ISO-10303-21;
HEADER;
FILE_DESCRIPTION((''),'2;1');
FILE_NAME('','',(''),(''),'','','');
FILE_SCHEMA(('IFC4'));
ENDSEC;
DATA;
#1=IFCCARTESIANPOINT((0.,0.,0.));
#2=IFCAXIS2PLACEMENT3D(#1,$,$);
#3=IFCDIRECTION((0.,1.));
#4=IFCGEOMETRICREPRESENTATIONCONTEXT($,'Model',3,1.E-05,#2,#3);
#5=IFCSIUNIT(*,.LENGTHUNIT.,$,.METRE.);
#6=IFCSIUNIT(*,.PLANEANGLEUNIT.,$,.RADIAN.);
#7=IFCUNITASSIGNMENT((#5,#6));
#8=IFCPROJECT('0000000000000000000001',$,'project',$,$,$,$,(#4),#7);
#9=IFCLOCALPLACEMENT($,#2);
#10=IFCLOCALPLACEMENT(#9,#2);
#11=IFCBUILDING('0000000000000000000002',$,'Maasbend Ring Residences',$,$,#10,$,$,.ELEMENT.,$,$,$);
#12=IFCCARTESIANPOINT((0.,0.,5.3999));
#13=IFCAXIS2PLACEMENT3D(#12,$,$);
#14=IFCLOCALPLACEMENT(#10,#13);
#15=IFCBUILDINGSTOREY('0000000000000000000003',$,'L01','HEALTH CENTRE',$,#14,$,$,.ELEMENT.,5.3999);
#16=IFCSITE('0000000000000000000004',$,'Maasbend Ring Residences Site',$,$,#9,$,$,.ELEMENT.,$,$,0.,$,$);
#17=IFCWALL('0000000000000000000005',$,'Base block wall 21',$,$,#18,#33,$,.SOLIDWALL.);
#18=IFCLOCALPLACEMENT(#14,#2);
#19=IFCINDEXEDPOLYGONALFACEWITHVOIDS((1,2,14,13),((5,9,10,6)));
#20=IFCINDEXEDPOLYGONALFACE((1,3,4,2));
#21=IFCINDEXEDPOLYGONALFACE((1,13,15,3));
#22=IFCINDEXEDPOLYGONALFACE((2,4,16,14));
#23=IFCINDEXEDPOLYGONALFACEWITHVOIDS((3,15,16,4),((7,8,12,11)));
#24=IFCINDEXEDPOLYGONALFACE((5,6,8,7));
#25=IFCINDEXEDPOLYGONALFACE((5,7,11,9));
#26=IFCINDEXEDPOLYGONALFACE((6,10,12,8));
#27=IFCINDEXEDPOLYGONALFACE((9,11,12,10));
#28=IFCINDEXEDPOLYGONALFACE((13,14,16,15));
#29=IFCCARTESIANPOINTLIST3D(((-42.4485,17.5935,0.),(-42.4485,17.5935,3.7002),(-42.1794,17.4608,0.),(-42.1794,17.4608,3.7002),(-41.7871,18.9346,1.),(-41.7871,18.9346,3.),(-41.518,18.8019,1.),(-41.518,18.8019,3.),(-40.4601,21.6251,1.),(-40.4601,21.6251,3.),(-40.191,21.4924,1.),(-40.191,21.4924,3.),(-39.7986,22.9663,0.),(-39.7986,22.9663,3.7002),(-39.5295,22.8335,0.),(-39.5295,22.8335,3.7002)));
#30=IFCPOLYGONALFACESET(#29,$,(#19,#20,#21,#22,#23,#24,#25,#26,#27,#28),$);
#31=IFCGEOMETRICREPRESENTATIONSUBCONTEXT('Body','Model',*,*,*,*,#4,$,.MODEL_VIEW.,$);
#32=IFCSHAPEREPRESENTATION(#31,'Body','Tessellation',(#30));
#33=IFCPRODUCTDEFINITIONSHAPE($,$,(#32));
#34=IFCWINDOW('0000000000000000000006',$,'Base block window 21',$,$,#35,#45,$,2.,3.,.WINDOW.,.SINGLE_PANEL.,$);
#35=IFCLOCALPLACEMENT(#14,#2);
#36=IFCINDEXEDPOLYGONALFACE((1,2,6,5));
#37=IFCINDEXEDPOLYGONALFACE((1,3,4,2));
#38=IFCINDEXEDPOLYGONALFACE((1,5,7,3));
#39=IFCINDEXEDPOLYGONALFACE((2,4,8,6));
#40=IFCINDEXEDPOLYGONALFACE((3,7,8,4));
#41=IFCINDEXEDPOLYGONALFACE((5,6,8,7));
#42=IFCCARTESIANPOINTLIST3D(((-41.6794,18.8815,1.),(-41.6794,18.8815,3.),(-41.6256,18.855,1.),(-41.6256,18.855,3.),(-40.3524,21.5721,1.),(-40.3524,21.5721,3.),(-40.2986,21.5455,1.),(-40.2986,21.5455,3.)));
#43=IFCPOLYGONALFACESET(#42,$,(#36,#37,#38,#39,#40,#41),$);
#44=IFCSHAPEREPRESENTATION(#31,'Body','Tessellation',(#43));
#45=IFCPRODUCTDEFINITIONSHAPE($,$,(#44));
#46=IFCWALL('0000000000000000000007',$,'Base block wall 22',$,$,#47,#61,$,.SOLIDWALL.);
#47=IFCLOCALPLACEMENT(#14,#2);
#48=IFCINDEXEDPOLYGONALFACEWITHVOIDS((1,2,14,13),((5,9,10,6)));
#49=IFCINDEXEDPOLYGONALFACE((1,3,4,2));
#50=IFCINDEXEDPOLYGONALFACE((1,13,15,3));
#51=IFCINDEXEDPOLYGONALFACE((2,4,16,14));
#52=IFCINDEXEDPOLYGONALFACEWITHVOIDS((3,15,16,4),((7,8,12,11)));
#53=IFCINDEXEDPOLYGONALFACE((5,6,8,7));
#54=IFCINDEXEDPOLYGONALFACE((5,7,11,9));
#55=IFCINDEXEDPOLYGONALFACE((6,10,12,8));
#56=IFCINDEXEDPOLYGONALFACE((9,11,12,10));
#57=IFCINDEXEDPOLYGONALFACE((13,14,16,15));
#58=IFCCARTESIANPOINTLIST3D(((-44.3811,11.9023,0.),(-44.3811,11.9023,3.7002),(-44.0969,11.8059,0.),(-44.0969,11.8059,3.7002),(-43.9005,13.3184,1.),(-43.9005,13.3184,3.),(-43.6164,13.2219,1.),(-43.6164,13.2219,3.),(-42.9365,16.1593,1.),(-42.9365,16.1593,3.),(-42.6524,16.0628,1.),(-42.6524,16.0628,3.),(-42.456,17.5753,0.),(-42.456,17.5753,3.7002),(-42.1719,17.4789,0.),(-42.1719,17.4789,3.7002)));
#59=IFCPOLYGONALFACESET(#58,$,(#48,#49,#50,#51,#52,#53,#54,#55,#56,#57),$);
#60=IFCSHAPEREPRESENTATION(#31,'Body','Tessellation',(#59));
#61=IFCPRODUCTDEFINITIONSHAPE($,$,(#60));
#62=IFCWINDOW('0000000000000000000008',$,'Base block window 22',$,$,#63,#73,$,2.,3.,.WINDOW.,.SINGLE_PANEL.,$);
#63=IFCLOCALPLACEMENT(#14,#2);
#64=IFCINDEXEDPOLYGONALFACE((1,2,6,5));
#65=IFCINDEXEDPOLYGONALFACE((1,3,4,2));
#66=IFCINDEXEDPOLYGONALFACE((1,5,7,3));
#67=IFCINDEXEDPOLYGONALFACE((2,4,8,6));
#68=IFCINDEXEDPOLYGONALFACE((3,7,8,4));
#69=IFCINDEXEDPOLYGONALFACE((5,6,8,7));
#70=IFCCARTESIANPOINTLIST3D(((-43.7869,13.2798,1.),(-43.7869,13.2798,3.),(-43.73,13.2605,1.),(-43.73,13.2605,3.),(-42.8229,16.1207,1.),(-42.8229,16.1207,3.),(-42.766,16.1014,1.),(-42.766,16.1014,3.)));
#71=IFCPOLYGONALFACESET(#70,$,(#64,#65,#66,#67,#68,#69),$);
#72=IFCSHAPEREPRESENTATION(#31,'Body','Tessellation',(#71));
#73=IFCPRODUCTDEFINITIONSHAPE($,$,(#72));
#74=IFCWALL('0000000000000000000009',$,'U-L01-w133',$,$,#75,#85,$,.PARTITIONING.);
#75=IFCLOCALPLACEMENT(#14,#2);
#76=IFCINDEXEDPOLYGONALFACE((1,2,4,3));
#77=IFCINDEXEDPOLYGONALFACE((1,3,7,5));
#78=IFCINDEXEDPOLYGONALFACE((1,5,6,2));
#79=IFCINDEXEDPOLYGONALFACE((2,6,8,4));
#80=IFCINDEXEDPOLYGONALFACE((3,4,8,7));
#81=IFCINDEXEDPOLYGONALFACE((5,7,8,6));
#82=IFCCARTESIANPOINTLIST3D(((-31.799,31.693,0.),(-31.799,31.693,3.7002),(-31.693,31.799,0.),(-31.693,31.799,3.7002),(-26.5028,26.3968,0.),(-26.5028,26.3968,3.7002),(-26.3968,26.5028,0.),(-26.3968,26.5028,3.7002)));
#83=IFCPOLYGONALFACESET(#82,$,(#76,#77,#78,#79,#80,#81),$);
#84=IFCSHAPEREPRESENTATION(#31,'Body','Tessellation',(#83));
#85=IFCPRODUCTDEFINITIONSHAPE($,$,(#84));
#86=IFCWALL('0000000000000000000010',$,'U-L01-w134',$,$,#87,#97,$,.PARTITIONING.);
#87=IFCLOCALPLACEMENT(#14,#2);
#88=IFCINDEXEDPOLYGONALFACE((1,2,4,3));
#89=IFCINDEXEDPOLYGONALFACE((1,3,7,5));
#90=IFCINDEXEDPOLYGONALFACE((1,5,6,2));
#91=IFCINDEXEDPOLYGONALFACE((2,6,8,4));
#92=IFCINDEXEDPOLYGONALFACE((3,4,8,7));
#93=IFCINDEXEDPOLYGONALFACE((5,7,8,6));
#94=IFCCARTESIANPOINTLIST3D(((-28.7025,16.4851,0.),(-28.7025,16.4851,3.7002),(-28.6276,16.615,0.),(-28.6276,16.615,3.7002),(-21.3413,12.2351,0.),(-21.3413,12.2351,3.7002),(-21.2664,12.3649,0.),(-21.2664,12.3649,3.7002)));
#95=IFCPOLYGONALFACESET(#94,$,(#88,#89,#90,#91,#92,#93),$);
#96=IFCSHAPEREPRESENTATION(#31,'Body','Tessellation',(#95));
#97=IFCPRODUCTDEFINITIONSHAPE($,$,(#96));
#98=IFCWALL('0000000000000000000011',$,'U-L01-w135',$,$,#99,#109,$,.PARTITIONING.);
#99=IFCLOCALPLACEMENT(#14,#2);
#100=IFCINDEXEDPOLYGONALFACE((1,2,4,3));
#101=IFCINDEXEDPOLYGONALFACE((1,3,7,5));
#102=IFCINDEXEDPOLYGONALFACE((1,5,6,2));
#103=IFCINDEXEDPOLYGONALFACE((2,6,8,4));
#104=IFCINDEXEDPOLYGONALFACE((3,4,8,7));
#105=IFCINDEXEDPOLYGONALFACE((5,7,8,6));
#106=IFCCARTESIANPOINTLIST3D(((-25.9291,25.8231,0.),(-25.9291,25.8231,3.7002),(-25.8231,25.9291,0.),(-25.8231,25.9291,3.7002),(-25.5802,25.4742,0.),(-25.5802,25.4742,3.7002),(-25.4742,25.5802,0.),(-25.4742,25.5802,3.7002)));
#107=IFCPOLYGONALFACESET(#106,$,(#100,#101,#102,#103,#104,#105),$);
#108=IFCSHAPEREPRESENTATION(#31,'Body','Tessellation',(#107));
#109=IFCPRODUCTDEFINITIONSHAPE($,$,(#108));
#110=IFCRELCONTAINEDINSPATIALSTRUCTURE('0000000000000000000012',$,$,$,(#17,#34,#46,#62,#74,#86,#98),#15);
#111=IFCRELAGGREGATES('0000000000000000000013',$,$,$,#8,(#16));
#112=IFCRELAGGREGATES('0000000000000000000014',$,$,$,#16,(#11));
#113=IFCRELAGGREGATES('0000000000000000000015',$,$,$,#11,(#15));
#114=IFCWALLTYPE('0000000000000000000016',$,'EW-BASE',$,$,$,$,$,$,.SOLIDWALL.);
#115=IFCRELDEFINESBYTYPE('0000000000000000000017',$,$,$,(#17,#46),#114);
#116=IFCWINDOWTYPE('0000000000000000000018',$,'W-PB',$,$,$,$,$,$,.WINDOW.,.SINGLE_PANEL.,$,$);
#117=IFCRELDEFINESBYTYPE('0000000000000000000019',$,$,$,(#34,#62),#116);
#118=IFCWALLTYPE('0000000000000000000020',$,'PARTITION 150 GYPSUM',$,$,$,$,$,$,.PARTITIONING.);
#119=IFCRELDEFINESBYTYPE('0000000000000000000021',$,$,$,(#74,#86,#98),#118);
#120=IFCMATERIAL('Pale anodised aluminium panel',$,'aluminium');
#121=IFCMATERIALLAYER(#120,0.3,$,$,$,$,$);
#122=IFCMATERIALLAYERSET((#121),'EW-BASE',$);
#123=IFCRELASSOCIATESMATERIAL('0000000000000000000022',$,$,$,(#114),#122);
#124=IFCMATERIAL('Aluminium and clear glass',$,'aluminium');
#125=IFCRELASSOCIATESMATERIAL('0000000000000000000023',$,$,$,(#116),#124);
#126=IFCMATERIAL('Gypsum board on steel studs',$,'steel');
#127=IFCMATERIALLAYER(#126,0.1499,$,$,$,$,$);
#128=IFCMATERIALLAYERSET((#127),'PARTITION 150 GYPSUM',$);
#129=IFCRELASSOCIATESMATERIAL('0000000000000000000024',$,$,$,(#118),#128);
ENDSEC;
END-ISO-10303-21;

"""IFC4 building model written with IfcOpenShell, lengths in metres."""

from ifc_helpers import new_model, si_unit, direction, frame, frame_2d, origin, place, context, subcontext, project, spatial, rectangle, extrude, material, layer, layer_set, type_object, element, fill, save


model = new_model("IFC4")

# Units and contexts
model_context = context("Model", 3, precision=1e-05, world=origin(), true_north=direction((0.0, 1.0)))
body_context = subcontext(model_context, "Body", "Model", "MODEL_VIEW")
ifc_project = project(units=[si_unit("LENGTHUNIT", "METRE"), si_unit("PLANEANGLEUNIT", "RADIAN")], contexts=[model_context])

# Site, building, storey
site_placement = place(None, origin())
site = spatial("IfcSite", under=ifc_project, at=site_placement, Name="Maasbend Ring Residences Site", CompositionType="ELEMENT", RefElevation=0.0)
building_placement = place(site_placement, origin())
building = spatial("IfcBuilding", under=site, at=building_placement, Name="Maasbend Ring Residences", CompositionType="ELEMENT")
storey_placement = place(building_placement, frame((0.0, 0.0, 5.3999)))
storey = spatial("IfcBuildingStorey", under=building, at=storey_placement, Name="L01", Description="HEALTH CENTRE", CompositionType="ELEMENT", Elevation=5.3999)

# Walls, openings, windows
ifc_material_1 = material(Name="Pale anodised aluminium panel", Category="aluminium")
ifc_layer_1 = layer(ifc_material_1, 0.3)
ifc_layer_set_1 = layer_set([ifc_layer_1], Name="EW-BASE")
wall_type_1 = type_object("IfcWallType", Name="EW-BASE", PredefinedType="SOLIDWALL", material=ifc_layer_set_1)
ifc_material_2 = material(Name="Aluminium and clear glass", Category="aluminium")
window_type = type_object("IfcWindowType", Name="W-PB", PartitioningType="SINGLE_PANEL", PredefinedType="WINDOW", material=ifc_material_2)
wall_1_placement = place(storey_placement, frame((-39.6641, 22.8999, 0.0), z_axis=(0.0, 0.0, 1.0), x_axis=(-0.442333, -0.896851, 0.0)))
wall_1 = element("IfcWall", 1, at=wall_1_placement, inside=storey, type_object=wall_type_1, Name="Base block wall 21", PredefinedType="SOLIDWALL", context=body_context, shape_type="SweptSolid", body=[
    extrude(rectangle(XDim=5.9907, YDim=0.3, at=frame_2d((2.9954, 0.0))), origin(), (0.0, 0.0, 1.0), 3.7002),
])
opening_1_placement = place(wall_1_placement, frame((1.4954, 0.0, 1.0)))
opening_1 = element("IfcOpeningElement", 2, at=opening_1_placement, cuts=wall_1, PredefinedType="OPENING", context=body_context, shape_type="SweptSolid", body=[
    extrude(rectangle(XDim=3.0, YDim=2.0, at=frame_2d((1.5, 1.0))), frame((0.0, 0.1602, 0.0), z_axis=(0.0, -1.0, 0.0), x_axis=(1.0, 0.0, 0.0)), (0.0, 0.0, 1.0), 0.3201),
])
window_1_placement = place(opening_1_placement, origin())
window_1 = element("IfcWindow", 3, at=window_1_placement, inside=storey, type_object=window_type, Name="Base block window 21", OverallHeight=2.0, OverallWidth=3.0, PartitioningType="SINGLE_PANEL", PredefinedType="WINDOW", context=body_context, shape_type="SweptSolid", body=[
    extrude(rectangle(XDim=3.0, YDim=2.0, at=frame_2d((1.5, 1.0))), frame((0.0, 0.03, 0.0), z_axis=(0.0, -1.0, 0.0), x_axis=(1.0, 0.0, 0.0)), (0.0, 0.0, 1.0), 0.0601),
])
fill(opening_1, window_1)
wall_2_placement = place(storey_placement, frame((-42.314, 17.5271, 0.0), z_axis=(0.0, 0.0, 1.0), x_axis=(-0.321334, -0.946966, 0.0)))
wall_2 = element("IfcWall", 4, at=wall_2_placement, inside=storey, type_object=wall_type_1, Name="Base block wall 22", PredefinedType="SOLIDWALL", context=body_context, shape_type="SweptSolid", body=[
    extrude(rectangle(XDim=5.9907, YDim=0.3, at=frame_2d((2.9954, 0.0))), origin(), (0.0, 0.0, 1.0), 3.7002),
])
opening_2_placement = place(wall_2_placement, frame((1.4954, 0.0, 1.0)))
opening_2 = element("IfcOpeningElement", 5, at=opening_2_placement, cuts=wall_2, PredefinedType="OPENING", context=body_context, shape_type="SweptSolid", body=[
    extrude(rectangle(XDim=3.0, YDim=2.0, at=frame_2d((1.5, 1.0))), frame((0.0, 0.1602, 0.0), z_axis=(0.0, -1.0, 0.0), x_axis=(1.0, 0.0, 0.0)), (0.0, 0.0, 1.0), 0.3201),
])
window_2_placement = place(opening_2_placement, origin())
window_2 = element("IfcWindow", 6, at=window_2_placement, inside=storey, type_object=window_type, Name="Base block window 22", OverallHeight=2.0, OverallWidth=3.0, PartitioningType="SINGLE_PANEL", PredefinedType="WINDOW", context=body_context, shape_type="SweptSolid", body=[
    extrude(rectangle(XDim=3.0, YDim=2.0, at=frame_2d((1.5, 1.0))), frame((0.0, 0.03, 0.0), z_axis=(0.0, -1.0, 0.0), x_axis=(1.0, 0.0, 0.0)), (0.0, 0.0, 1.0), 0.0601),
])
fill(opening_2, window_2)

# Walls
ifc_material_3 = material(Name="Gypsum board on steel studs", Category="steel")
ifc_layer_2 = layer(ifc_material_3, 0.1499)
ifc_layer_set_2 = layer_set([ifc_layer_2], Name="PARTITION 150 GYPSUM")
wall_type_2 = type_object("IfcWallType", Name="PARTITION 150 GYPSUM", PredefinedType="PARTITIONING", material=ifc_layer_set_2)
wall_3_placement = place(storey_placement, frame((-31.7461, 31.7461, 0.0), z_axis=(0.0, 0.0, 1.0), x_axis=(0.707107, -0.707107, 0.0)))
element("IfcWall", 7, at=wall_3_placement, inside=storey, type_object=wall_type_2, Name="U-L01-w133", PredefinedType="PARTITIONING", context=body_context, shape_type="SweptSolid", body=[
    extrude(rectangle(XDim=7.49, YDim=0.1499, at=frame_2d((3.7451, 0.0))), origin(), (0.0, 0.0, 1.0), 3.7002),
])
wall_4_placement = place(storey_placement, frame((-28.665, 16.55, 0.0), z_axis=(0.0, 0.0, 1.0), x_axis=(0.866022, -0.500007, 0.0)))
element("IfcWall", 8, at=wall_4_placement, inside=storey, type_object=wall_type_2, Name="U-L01-w134", PredefinedType="PARTITIONING", context=body_context, shape_type="SweptSolid", body=[
    extrude(rectangle(XDim=8.5, YDim=0.1499, at=frame_2d((4.25, 0.0))), origin(), (0.0, 0.0, 1.0), 3.7002),
])
wall_5_placement = place(storey_placement, frame((-25.876, 25.876, 0.0), z_axis=(0.0, 0.0, 1.0), x_axis=(0.707107, -0.707107, 0.0)))
element("IfcWall", 9, at=wall_5_placement, inside=storey, type_object=wall_type_2, Name="U-L01-w135", PredefinedType="PARTITIONING", context=body_context, shape_type="SweptSolid", body=[
    extrude(rectangle(XDim=0.4934, YDim=0.1499, at=frame_2d((0.2466, 0.0))), origin(), (0.0, 0.0, 1.0), 3.7002),
])

save(model, "model.ifc")
